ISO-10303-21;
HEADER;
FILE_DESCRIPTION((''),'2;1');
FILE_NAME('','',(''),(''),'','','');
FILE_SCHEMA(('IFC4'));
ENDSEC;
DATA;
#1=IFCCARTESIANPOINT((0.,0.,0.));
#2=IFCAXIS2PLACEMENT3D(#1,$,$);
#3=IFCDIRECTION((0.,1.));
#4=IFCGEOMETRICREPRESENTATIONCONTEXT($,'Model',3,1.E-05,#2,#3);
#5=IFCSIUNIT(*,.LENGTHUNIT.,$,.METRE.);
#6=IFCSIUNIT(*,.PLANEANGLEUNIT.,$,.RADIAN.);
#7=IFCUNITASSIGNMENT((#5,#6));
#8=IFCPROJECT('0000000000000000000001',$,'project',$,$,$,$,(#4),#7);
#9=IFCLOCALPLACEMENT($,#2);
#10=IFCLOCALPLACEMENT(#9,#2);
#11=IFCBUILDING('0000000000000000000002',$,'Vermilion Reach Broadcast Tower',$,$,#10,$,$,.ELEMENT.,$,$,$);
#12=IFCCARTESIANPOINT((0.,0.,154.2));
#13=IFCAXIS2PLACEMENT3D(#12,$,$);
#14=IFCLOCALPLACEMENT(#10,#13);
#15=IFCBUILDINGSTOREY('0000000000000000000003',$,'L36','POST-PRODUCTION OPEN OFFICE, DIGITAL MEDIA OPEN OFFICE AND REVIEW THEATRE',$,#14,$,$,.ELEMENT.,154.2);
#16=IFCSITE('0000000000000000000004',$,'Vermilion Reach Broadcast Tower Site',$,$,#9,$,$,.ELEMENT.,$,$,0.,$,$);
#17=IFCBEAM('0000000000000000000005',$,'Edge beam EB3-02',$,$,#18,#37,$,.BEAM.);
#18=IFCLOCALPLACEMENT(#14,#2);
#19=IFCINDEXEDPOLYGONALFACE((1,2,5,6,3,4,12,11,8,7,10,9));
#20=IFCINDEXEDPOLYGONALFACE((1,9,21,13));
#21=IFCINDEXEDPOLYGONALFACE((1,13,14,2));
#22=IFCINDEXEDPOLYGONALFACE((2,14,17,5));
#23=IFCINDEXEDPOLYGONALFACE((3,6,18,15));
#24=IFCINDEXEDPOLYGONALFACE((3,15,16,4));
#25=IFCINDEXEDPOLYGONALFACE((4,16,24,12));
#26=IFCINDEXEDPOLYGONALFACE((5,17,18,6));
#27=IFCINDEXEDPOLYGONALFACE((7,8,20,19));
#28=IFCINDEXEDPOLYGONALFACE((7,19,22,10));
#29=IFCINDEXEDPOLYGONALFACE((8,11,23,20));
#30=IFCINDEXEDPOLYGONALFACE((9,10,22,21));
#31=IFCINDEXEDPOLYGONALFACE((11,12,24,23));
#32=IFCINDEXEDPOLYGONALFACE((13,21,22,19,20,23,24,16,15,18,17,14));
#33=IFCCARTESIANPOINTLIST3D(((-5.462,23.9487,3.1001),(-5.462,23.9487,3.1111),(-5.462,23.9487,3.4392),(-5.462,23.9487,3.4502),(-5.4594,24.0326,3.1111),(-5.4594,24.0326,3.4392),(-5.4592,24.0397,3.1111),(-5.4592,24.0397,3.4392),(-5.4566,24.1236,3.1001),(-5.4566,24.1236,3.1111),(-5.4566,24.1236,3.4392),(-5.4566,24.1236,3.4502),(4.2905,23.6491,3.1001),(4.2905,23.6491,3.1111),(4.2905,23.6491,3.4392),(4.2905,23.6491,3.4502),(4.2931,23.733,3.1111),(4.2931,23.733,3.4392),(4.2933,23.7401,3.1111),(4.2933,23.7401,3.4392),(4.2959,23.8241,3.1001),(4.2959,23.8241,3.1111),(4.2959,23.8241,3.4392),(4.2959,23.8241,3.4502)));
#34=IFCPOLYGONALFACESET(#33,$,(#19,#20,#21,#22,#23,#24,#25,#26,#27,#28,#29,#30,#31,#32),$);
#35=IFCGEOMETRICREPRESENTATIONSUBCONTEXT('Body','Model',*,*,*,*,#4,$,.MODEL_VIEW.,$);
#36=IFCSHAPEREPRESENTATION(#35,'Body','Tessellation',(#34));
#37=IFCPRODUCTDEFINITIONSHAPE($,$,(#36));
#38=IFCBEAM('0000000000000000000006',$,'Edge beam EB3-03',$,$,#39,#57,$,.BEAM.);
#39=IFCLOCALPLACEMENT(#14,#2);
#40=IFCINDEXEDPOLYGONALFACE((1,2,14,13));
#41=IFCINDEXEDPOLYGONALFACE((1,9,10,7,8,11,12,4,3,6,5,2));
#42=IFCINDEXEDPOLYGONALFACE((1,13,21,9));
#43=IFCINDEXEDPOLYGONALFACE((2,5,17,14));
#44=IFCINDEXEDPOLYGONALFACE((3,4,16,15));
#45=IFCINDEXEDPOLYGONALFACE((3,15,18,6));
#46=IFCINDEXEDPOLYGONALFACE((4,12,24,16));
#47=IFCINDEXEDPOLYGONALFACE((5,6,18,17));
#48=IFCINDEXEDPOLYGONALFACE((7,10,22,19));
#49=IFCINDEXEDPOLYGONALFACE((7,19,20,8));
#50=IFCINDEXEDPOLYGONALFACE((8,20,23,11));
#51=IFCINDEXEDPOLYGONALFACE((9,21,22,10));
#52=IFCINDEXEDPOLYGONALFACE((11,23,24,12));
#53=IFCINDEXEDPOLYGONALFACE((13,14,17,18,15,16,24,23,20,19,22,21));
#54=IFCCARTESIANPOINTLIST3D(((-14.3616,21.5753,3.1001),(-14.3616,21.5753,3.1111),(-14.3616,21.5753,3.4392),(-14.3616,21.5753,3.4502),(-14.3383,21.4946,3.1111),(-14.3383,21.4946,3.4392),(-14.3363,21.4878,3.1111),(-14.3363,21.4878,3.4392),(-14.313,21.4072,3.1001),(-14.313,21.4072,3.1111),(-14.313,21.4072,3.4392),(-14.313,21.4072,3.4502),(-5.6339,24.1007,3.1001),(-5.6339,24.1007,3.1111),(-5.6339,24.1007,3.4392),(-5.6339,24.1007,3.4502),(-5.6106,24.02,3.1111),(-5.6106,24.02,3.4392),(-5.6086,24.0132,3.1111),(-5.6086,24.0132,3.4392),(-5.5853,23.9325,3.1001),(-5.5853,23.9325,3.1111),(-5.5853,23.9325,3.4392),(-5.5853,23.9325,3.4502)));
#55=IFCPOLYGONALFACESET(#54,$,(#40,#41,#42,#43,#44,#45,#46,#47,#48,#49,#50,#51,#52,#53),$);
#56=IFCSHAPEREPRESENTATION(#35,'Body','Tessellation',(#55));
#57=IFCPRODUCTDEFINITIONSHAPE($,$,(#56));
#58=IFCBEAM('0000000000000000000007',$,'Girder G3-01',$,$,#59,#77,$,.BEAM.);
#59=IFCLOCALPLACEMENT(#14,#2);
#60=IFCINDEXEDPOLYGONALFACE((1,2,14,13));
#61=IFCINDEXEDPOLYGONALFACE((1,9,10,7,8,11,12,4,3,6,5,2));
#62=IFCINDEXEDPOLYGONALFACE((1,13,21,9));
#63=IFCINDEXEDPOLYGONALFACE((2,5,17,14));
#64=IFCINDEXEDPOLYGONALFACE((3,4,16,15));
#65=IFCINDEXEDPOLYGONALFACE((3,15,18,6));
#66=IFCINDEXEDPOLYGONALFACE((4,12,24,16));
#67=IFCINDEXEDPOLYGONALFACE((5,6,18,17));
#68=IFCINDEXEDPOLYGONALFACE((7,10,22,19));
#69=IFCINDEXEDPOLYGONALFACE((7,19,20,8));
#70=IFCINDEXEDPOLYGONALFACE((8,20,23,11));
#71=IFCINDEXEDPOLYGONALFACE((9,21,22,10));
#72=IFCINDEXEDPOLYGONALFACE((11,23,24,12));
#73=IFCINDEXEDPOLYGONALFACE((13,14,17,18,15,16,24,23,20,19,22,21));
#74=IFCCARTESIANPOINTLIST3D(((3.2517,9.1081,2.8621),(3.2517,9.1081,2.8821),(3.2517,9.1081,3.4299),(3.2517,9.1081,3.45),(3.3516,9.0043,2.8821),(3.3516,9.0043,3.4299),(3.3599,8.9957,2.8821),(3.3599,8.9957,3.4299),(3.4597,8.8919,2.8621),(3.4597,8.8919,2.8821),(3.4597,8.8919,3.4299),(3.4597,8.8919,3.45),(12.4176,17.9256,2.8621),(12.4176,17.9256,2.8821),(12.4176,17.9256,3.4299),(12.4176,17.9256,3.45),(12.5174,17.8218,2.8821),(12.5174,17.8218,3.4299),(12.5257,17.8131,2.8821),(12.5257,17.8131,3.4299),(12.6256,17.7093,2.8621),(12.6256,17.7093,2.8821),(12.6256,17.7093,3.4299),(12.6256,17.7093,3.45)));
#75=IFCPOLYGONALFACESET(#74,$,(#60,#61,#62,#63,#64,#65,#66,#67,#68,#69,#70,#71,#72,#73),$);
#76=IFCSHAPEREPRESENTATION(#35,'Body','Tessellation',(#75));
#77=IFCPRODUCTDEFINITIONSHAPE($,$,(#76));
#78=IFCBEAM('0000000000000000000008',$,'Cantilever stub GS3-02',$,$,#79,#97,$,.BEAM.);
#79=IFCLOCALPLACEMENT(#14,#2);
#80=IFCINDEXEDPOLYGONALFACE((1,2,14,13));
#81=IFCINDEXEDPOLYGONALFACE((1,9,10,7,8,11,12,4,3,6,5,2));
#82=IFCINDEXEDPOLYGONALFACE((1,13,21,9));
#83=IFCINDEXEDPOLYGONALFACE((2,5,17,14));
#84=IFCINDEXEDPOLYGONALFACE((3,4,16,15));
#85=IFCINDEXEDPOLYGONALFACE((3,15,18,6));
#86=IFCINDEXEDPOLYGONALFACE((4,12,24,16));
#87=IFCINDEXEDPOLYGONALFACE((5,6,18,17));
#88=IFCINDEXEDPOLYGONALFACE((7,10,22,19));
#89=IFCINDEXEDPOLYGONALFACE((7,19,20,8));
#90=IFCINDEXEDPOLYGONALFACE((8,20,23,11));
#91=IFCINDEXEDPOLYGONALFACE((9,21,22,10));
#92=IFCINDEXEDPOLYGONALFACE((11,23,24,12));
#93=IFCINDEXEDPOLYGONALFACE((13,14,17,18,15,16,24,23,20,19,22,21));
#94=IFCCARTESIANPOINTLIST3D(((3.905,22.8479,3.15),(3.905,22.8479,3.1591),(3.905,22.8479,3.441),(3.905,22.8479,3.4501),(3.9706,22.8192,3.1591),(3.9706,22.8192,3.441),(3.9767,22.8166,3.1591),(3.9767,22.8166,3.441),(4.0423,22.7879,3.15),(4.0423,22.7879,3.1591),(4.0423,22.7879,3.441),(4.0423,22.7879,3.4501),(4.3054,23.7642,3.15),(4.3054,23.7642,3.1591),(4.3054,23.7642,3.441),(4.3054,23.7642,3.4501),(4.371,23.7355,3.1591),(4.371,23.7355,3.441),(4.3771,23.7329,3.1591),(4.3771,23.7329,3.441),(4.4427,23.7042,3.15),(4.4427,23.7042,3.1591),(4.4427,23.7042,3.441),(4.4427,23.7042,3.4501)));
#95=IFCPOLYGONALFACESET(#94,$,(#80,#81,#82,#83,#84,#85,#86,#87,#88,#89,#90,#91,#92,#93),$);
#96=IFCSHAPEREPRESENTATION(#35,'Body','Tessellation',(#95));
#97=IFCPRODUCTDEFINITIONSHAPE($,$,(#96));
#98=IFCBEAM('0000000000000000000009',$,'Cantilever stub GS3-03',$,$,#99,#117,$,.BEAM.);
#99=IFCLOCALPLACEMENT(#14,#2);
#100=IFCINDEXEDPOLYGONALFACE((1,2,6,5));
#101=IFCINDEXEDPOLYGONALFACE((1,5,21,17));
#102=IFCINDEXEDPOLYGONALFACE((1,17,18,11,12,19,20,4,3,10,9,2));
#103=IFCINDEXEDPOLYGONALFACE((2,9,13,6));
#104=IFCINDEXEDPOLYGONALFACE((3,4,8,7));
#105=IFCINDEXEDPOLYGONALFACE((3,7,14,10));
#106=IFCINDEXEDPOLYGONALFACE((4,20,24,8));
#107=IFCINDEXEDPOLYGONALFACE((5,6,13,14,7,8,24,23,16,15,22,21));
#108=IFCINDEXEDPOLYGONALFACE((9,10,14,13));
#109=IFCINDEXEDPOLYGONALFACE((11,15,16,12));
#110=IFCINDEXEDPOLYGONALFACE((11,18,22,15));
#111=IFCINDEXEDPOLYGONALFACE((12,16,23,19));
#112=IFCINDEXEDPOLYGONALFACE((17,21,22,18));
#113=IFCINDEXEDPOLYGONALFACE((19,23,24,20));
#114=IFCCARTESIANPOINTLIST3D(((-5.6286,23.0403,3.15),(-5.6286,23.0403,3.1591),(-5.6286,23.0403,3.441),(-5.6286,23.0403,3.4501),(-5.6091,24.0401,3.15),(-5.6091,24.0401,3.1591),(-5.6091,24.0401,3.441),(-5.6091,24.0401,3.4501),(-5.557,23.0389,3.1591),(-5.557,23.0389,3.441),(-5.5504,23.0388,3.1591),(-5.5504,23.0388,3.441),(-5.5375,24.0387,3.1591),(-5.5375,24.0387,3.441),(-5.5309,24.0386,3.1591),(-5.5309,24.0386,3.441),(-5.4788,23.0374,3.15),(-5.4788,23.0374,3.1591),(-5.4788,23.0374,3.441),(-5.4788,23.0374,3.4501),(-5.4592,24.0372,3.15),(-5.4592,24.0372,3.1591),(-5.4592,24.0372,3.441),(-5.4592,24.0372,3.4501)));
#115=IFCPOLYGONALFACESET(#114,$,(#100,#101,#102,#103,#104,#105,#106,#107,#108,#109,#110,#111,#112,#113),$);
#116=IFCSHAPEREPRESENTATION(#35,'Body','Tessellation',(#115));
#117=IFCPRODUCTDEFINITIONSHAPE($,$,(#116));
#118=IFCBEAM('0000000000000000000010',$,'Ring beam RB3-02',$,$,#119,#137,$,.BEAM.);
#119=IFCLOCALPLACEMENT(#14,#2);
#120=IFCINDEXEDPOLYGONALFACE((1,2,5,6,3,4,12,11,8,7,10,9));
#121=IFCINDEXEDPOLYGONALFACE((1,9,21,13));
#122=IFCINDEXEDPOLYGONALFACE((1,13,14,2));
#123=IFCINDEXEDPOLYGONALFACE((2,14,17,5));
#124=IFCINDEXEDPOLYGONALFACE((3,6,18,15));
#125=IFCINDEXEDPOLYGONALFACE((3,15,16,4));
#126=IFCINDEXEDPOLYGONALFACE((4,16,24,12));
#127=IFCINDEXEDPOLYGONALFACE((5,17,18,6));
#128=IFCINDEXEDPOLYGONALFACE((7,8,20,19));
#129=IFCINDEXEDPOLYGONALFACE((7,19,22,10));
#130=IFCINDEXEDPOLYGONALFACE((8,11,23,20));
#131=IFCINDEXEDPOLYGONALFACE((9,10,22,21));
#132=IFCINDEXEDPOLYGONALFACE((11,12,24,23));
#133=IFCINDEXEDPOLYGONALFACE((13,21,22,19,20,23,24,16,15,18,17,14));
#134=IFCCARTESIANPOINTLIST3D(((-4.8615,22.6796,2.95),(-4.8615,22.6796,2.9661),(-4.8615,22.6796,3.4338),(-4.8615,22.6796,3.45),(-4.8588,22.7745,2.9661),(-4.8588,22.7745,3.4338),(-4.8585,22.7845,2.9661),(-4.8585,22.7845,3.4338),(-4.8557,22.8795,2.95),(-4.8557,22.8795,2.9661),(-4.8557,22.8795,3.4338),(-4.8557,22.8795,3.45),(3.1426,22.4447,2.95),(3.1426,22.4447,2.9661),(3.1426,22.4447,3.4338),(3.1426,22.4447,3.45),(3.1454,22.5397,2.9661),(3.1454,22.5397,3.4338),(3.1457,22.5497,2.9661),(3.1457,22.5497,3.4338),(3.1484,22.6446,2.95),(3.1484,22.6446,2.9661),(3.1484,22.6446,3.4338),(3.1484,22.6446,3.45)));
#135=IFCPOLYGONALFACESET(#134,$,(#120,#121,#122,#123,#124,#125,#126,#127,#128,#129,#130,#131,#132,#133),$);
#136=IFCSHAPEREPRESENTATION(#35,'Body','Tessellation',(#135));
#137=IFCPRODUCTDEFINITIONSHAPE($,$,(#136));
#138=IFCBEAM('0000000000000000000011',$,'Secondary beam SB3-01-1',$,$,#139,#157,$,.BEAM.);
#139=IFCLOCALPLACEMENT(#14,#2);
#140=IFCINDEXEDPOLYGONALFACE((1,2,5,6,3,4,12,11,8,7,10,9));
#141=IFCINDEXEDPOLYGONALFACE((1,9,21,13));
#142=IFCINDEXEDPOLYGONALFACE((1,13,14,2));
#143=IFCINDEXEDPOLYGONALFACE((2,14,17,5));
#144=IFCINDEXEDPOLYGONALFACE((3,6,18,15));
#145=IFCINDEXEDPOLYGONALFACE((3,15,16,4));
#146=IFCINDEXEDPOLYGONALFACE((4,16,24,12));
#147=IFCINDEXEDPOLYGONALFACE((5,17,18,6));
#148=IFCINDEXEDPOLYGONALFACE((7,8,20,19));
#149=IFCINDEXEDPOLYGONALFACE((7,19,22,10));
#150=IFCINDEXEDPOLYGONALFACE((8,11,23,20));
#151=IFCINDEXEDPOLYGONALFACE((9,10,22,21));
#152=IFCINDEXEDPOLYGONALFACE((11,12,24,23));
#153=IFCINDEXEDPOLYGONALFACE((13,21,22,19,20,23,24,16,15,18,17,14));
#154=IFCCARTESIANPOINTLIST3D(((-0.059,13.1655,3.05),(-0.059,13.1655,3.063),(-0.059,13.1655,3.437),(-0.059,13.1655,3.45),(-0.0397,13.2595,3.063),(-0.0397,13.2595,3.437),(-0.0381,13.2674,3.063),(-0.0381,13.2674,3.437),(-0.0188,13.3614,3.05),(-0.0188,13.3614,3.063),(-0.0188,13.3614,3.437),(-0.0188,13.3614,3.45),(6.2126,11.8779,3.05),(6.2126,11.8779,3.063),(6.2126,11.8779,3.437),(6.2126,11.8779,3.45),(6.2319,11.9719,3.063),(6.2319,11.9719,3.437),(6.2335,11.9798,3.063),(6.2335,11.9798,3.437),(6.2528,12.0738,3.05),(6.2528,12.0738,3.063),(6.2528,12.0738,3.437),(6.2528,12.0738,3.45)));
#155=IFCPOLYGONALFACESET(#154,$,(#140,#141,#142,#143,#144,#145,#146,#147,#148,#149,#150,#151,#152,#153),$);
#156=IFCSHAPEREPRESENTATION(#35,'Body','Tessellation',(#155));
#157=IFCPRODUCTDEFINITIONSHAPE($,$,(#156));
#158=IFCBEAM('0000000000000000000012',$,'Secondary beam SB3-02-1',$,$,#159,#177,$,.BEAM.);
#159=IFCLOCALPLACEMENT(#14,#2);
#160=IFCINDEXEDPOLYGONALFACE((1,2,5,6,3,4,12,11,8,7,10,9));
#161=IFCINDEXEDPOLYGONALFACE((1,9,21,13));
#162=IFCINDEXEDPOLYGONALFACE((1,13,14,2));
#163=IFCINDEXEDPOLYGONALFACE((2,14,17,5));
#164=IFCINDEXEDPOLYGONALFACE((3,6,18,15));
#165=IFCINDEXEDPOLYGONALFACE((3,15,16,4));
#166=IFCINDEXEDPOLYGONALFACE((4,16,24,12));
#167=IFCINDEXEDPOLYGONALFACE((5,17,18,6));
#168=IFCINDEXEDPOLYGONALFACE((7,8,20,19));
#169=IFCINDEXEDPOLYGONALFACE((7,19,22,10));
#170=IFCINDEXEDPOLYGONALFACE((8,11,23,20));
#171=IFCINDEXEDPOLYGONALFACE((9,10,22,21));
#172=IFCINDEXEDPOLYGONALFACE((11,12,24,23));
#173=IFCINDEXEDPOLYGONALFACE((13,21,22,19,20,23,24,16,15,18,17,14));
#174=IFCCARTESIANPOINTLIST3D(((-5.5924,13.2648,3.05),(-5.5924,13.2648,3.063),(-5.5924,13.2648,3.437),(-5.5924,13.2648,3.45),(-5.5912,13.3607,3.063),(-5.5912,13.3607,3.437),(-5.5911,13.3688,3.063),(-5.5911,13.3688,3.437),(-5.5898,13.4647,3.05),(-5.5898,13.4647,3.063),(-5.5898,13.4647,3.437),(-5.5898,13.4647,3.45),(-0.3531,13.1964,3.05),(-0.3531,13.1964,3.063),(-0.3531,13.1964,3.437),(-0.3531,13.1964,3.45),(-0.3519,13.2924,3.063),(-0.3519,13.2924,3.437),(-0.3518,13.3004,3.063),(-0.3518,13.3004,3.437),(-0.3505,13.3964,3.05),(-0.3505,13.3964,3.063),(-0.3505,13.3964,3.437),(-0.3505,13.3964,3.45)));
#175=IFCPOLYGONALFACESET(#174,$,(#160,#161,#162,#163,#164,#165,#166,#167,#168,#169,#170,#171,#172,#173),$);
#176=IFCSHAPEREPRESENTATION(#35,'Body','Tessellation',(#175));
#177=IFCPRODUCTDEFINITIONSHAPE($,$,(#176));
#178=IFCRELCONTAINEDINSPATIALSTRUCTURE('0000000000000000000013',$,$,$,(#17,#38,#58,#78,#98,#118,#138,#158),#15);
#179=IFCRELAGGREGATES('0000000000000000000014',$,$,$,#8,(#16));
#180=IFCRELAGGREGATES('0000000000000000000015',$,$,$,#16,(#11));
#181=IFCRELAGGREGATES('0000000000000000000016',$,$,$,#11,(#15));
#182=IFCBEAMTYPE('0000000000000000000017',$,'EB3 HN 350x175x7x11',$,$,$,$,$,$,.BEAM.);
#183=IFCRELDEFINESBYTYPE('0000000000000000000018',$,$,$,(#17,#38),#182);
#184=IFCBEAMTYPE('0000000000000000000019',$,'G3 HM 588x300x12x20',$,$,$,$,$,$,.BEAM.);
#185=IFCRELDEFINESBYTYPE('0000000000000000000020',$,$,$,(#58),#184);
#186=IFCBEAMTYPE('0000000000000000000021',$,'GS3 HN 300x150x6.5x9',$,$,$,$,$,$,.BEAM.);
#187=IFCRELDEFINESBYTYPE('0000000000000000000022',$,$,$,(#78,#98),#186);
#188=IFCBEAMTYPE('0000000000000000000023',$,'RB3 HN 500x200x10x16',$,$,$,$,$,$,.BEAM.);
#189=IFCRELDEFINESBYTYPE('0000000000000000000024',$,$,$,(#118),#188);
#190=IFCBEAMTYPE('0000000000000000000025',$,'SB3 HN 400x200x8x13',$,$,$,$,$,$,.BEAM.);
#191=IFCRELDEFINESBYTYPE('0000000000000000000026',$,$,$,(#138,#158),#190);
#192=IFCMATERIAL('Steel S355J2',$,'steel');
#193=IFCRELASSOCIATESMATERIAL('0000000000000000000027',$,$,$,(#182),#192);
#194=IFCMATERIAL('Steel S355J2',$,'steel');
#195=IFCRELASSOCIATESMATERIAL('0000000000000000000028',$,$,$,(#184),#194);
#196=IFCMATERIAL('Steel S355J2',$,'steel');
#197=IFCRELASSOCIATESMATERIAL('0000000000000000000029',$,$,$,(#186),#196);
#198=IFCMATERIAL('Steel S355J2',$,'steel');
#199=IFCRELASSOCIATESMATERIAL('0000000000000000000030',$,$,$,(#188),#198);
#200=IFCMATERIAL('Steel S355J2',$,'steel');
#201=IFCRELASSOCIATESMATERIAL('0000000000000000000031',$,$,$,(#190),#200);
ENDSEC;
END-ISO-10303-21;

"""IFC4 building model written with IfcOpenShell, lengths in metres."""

from ifc_helpers import new_model, si_unit, direction, frame, origin, origin_2d, place, context, subcontext, project, spatial, i_section, extrude, material, material_profile, profile_set, type_object, element, save


model = new_model("IFC4")

# Units and contexts
model_context = context("Model", 3, precision=1e-05, world=origin(), true_north=direction((0.0, 1.0)))
body_context = subcontext(model_context, "Body", "Model", "MODEL_VIEW")
ifc_project = project(units=[si_unit("LENGTHUNIT", "METRE"), si_unit("PLANEANGLEUNIT", "RADIAN")], contexts=[model_context])

# Site, building, storey
site_placement = place(None, origin())
site = spatial("IfcSite", under=ifc_project, at=site_placement, Name="Vermilion Reach Broadcast Tower Site", CompositionType="ELEMENT", RefElevation=0.0)
building_placement = place(site_placement, origin())
building = spatial("IfcBuilding", under=site, at=building_placement, Name="Vermilion Reach Broadcast Tower", CompositionType="ELEMENT")
storey_placement = place(building_placement, frame((0.0, 0.0, 154.2)))
storey = spatial("IfcBuildingStorey", under=building, at=storey_placement, Name="L36", Description="POST-PRODUCTION OPEN OFFICE, DIGITAL MEDIA OPEN OFFICE AND REVIEW THEATRE", CompositionType="ELEMENT", Elevation=154.2)

# Beams
ifc_material_1 = material(Name="Steel S355J2", Category="steel")
ifc_material_profile_1 = material_profile(ifc_material_1, i_section(OverallWidth=0.175, OverallDepth=0.3501, WebThickness=0.0071, FlangeThickness=0.011, at=origin_2d()), Name="S355J2 HN 350x175x7x11")
ifc_profile_set_1 = profile_set([ifc_material_profile_1], Name="Steel S355J2")
beam_type_1 = type_object("IfcBeamType", Name="EB3 HN 350x175x7x11", PredefinedType="BEAM", material=ifc_profile_set_1)
beam_1_placement = place(storey_placement, frame((4.2932, 23.7366, 3.2751), z_axis=(-0.999529, 0.030702, 0.0), x_axis=(-0.030702, -0.999529, 0.0)))
element("IfcBeam", 1, at=beam_1_placement, inside=storey, type_object=beam_type_1, Name="Edge beam EB3-02", PredefinedType="BEAM", context=body_context, shape_type="SweptSolid", body=[
    extrude(i_section(OverallWidth=0.175, OverallDepth=0.3501, WebThickness=0.0071, FlangeThickness=0.011, at=origin_2d()), origin(), (0.0, 0.0, 1.0), 9.7571),
])
beam_2_placement = place(storey_placement, frame((-5.6096, 24.0166, 3.2751), z_axis=(-0.960596, -0.277949, 0.0), x_axis=(0.277949, -0.960596, 0.0)))
element("IfcBeam", 2, at=beam_2_placement, inside=storey, type_object=beam_type_1, Name="Edge beam EB3-03", PredefinedType="BEAM", context=body_context, shape_type="SweptSolid", body=[
    extrude(i_section(OverallWidth=0.175, OverallDepth=0.3501, WebThickness=0.0071, FlangeThickness=0.011, at=origin_2d()), origin(), (0.0, 0.0, 1.0), 9.0857),
])
ifc_material_2 = material(Name="Steel S355J2", Category="steel")
ifc_material_profile_2 = material_profile(ifc_material_2, i_section(OverallWidth=0.3, OverallDepth=0.5879, WebThickness=0.012, FlangeThickness=0.02, at=origin_2d()), Name="S355J2 HM 588x300x12x20")
ifc_profile_set_2 = profile_set([ifc_material_profile_2], Name="Steel S355J2")
beam_type_2 = type_object("IfcBeamType", Name="G3 HM 588x300x12x20", PredefinedType="BEAM", material=ifc_profile_set_2)
beam_3_placement = place(storey_placement, frame((3.3557, 9.0, 3.156), z_axis=(0.72067, 0.693278, 0.0), x_axis=(-0.693278, 0.72067, 0.0)))
element("IfcBeam", 3, at=beam_3_placement, inside=storey, type_object=beam_type_2, Name="Girder G3-01", PredefinedType="BEAM", context=body_context, shape_type="SweptSolid", body=[
    extrude(i_section(OverallWidth=0.3, OverallDepth=0.5879, WebThickness=0.012, FlangeThickness=0.02, at=origin_2d()), origin(), (0.0, 0.0, 1.0), 12.7185),
])
ifc_material_3 = material(Name="Steel S355J2", Category="steel")
ifc_material_profile_3 = material_profile(ifc_material_3, i_section(OverallWidth=0.1499, OverallDepth=0.3, WebThickness=0.0066, FlangeThickness=0.009, at=origin_2d()), Name="S355J2 HN 300x150x6.5x9")
ifc_profile_set_3 = profile_set([ifc_material_profile_3], Name="Steel S355J2")
beam_type_3 = type_object("IfcBeamType", Name="GS3 HN 300x150x6.5x9", PredefinedType="BEAM", material=ifc_profile_set_3)
for number, where, z_axis, x_axis, name in (
    (4, (3.9736, 22.8179, 3.3), (0.400422, 0.916331, 0.0), (-0.916331, 0.400422, 0.0), "Cantilever stub GS3-02"),
    (5, (-5.5537, 23.0388, 3.3), (0.019532, 0.999809, 0.0), (-0.999809, 0.019532, 0.0), "Cantilever stub GS3-03"),
):
    element("IfcBeam", number, at=place(storey_placement, frame(where, z_axis=z_axis, x_axis=x_axis)), inside=storey, type_object=beam_type_3, Name=name, PredefinedType="BEAM", context=body_context, shape_type="SweptSolid", body=[
        extrude(i_section(OverallWidth=0.1499, OverallDepth=0.3, WebThickness=0.0066, FlangeThickness=0.009, at=origin_2d()), origin(), (0.0, 0.0, 1.0), 1.0),
    ])
ifc_material_4 = material(Name="Steel S355J2", Category="steel")
ifc_material_profile_4 = material_profile(ifc_material_4, i_section(OverallWidth=0.2, OverallDepth=0.5, WebThickness=0.01, FlangeThickness=0.0161, at=origin_2d()), Name="S355J2 HN 500x200x10x16")
ifc_profile_set_4 = profile_set([ifc_material_profile_4], Name="Steel S355J2")
beam_type_4 = type_object("IfcBeamType", Name="RB3 HN 500x200x10x16", PredefinedType="BEAM", material=ifc_profile_set_4)
beam_4_placement = place(storey_placement, frame((3.1455, 22.5447, 3.2), z_axis=(-0.99957, 0.02933, 0.0), x_axis=(-0.02933, -0.99957, 0.0)))
element("IfcBeam", 6, at=beam_4_placement, inside=storey, type_object=beam_type_4, Name="Ring beam RB3-02", PredefinedType="BEAM", context=body_context, shape_type="SweptSolid", body=[
    extrude(i_section(OverallWidth=0.2, OverallDepth=0.5, WebThickness=0.01, FlangeThickness=0.0161, at=origin_2d()), origin(), (0.0, 0.0, 1.0), 8.0076),
])
ifc_material_5 = material(Name="Steel S355J2", Category="steel")
ifc_material_profile_5 = material_profile(ifc_material_5, i_section(OverallWidth=0.2, OverallDepth=0.3999, WebThickness=0.0081, FlangeThickness=0.0129, at=origin_2d()), Name="S355J2 HN 400x200x8x13")
ifc_profile_set_5 = profile_set([ifc_material_profile_5], Name="Steel S355J2")
beam_type_5 = type_object("IfcBeamType", Name="SB3 HN 400x200x8x13", PredefinedType="BEAM", material=ifc_profile_set_5)
beam_5_placement = place(storey_placement, frame((6.2327, 11.9758, 3.25), z_axis=(-0.979568, 0.201115, 0.0), x_axis=(-0.201115, -0.979568, 0.0)))
element("IfcBeam", 7, at=beam_5_placement, inside=storey, type_object=beam_type_5, Name="Secondary beam SB3-01-1", PredefinedType="BEAM", context=body_context, shape_type="SweptSolid", body=[
    extrude(i_section(OverallWidth=0.2, OverallDepth=0.3999, WebThickness=0.0081, FlangeThickness=0.0129, at=origin_2d()), origin(), (0.0, 0.0, 1.0), 6.4023),
])
beam_6_placement = place(storey_placement, frame((-0.3518, 13.2964, 3.25), z_axis=(-0.999915, 0.013046, 0.0), x_axis=(-0.013046, -0.999915, 0.0)))
element("IfcBeam", 8, at=beam_6_placement, inside=storey, type_object=beam_type_5, Name="Secondary beam SB3-02-1", PredefinedType="BEAM", context=body_context, shape_type="SweptSolid", body=[
    extrude(i_section(OverallWidth=0.2, OverallDepth=0.3999, WebThickness=0.0081, FlangeThickness=0.0129, at=origin_2d()), origin(), (0.0, 0.0, 1.0), 5.2397),
])

save(model, "model.ifc")
